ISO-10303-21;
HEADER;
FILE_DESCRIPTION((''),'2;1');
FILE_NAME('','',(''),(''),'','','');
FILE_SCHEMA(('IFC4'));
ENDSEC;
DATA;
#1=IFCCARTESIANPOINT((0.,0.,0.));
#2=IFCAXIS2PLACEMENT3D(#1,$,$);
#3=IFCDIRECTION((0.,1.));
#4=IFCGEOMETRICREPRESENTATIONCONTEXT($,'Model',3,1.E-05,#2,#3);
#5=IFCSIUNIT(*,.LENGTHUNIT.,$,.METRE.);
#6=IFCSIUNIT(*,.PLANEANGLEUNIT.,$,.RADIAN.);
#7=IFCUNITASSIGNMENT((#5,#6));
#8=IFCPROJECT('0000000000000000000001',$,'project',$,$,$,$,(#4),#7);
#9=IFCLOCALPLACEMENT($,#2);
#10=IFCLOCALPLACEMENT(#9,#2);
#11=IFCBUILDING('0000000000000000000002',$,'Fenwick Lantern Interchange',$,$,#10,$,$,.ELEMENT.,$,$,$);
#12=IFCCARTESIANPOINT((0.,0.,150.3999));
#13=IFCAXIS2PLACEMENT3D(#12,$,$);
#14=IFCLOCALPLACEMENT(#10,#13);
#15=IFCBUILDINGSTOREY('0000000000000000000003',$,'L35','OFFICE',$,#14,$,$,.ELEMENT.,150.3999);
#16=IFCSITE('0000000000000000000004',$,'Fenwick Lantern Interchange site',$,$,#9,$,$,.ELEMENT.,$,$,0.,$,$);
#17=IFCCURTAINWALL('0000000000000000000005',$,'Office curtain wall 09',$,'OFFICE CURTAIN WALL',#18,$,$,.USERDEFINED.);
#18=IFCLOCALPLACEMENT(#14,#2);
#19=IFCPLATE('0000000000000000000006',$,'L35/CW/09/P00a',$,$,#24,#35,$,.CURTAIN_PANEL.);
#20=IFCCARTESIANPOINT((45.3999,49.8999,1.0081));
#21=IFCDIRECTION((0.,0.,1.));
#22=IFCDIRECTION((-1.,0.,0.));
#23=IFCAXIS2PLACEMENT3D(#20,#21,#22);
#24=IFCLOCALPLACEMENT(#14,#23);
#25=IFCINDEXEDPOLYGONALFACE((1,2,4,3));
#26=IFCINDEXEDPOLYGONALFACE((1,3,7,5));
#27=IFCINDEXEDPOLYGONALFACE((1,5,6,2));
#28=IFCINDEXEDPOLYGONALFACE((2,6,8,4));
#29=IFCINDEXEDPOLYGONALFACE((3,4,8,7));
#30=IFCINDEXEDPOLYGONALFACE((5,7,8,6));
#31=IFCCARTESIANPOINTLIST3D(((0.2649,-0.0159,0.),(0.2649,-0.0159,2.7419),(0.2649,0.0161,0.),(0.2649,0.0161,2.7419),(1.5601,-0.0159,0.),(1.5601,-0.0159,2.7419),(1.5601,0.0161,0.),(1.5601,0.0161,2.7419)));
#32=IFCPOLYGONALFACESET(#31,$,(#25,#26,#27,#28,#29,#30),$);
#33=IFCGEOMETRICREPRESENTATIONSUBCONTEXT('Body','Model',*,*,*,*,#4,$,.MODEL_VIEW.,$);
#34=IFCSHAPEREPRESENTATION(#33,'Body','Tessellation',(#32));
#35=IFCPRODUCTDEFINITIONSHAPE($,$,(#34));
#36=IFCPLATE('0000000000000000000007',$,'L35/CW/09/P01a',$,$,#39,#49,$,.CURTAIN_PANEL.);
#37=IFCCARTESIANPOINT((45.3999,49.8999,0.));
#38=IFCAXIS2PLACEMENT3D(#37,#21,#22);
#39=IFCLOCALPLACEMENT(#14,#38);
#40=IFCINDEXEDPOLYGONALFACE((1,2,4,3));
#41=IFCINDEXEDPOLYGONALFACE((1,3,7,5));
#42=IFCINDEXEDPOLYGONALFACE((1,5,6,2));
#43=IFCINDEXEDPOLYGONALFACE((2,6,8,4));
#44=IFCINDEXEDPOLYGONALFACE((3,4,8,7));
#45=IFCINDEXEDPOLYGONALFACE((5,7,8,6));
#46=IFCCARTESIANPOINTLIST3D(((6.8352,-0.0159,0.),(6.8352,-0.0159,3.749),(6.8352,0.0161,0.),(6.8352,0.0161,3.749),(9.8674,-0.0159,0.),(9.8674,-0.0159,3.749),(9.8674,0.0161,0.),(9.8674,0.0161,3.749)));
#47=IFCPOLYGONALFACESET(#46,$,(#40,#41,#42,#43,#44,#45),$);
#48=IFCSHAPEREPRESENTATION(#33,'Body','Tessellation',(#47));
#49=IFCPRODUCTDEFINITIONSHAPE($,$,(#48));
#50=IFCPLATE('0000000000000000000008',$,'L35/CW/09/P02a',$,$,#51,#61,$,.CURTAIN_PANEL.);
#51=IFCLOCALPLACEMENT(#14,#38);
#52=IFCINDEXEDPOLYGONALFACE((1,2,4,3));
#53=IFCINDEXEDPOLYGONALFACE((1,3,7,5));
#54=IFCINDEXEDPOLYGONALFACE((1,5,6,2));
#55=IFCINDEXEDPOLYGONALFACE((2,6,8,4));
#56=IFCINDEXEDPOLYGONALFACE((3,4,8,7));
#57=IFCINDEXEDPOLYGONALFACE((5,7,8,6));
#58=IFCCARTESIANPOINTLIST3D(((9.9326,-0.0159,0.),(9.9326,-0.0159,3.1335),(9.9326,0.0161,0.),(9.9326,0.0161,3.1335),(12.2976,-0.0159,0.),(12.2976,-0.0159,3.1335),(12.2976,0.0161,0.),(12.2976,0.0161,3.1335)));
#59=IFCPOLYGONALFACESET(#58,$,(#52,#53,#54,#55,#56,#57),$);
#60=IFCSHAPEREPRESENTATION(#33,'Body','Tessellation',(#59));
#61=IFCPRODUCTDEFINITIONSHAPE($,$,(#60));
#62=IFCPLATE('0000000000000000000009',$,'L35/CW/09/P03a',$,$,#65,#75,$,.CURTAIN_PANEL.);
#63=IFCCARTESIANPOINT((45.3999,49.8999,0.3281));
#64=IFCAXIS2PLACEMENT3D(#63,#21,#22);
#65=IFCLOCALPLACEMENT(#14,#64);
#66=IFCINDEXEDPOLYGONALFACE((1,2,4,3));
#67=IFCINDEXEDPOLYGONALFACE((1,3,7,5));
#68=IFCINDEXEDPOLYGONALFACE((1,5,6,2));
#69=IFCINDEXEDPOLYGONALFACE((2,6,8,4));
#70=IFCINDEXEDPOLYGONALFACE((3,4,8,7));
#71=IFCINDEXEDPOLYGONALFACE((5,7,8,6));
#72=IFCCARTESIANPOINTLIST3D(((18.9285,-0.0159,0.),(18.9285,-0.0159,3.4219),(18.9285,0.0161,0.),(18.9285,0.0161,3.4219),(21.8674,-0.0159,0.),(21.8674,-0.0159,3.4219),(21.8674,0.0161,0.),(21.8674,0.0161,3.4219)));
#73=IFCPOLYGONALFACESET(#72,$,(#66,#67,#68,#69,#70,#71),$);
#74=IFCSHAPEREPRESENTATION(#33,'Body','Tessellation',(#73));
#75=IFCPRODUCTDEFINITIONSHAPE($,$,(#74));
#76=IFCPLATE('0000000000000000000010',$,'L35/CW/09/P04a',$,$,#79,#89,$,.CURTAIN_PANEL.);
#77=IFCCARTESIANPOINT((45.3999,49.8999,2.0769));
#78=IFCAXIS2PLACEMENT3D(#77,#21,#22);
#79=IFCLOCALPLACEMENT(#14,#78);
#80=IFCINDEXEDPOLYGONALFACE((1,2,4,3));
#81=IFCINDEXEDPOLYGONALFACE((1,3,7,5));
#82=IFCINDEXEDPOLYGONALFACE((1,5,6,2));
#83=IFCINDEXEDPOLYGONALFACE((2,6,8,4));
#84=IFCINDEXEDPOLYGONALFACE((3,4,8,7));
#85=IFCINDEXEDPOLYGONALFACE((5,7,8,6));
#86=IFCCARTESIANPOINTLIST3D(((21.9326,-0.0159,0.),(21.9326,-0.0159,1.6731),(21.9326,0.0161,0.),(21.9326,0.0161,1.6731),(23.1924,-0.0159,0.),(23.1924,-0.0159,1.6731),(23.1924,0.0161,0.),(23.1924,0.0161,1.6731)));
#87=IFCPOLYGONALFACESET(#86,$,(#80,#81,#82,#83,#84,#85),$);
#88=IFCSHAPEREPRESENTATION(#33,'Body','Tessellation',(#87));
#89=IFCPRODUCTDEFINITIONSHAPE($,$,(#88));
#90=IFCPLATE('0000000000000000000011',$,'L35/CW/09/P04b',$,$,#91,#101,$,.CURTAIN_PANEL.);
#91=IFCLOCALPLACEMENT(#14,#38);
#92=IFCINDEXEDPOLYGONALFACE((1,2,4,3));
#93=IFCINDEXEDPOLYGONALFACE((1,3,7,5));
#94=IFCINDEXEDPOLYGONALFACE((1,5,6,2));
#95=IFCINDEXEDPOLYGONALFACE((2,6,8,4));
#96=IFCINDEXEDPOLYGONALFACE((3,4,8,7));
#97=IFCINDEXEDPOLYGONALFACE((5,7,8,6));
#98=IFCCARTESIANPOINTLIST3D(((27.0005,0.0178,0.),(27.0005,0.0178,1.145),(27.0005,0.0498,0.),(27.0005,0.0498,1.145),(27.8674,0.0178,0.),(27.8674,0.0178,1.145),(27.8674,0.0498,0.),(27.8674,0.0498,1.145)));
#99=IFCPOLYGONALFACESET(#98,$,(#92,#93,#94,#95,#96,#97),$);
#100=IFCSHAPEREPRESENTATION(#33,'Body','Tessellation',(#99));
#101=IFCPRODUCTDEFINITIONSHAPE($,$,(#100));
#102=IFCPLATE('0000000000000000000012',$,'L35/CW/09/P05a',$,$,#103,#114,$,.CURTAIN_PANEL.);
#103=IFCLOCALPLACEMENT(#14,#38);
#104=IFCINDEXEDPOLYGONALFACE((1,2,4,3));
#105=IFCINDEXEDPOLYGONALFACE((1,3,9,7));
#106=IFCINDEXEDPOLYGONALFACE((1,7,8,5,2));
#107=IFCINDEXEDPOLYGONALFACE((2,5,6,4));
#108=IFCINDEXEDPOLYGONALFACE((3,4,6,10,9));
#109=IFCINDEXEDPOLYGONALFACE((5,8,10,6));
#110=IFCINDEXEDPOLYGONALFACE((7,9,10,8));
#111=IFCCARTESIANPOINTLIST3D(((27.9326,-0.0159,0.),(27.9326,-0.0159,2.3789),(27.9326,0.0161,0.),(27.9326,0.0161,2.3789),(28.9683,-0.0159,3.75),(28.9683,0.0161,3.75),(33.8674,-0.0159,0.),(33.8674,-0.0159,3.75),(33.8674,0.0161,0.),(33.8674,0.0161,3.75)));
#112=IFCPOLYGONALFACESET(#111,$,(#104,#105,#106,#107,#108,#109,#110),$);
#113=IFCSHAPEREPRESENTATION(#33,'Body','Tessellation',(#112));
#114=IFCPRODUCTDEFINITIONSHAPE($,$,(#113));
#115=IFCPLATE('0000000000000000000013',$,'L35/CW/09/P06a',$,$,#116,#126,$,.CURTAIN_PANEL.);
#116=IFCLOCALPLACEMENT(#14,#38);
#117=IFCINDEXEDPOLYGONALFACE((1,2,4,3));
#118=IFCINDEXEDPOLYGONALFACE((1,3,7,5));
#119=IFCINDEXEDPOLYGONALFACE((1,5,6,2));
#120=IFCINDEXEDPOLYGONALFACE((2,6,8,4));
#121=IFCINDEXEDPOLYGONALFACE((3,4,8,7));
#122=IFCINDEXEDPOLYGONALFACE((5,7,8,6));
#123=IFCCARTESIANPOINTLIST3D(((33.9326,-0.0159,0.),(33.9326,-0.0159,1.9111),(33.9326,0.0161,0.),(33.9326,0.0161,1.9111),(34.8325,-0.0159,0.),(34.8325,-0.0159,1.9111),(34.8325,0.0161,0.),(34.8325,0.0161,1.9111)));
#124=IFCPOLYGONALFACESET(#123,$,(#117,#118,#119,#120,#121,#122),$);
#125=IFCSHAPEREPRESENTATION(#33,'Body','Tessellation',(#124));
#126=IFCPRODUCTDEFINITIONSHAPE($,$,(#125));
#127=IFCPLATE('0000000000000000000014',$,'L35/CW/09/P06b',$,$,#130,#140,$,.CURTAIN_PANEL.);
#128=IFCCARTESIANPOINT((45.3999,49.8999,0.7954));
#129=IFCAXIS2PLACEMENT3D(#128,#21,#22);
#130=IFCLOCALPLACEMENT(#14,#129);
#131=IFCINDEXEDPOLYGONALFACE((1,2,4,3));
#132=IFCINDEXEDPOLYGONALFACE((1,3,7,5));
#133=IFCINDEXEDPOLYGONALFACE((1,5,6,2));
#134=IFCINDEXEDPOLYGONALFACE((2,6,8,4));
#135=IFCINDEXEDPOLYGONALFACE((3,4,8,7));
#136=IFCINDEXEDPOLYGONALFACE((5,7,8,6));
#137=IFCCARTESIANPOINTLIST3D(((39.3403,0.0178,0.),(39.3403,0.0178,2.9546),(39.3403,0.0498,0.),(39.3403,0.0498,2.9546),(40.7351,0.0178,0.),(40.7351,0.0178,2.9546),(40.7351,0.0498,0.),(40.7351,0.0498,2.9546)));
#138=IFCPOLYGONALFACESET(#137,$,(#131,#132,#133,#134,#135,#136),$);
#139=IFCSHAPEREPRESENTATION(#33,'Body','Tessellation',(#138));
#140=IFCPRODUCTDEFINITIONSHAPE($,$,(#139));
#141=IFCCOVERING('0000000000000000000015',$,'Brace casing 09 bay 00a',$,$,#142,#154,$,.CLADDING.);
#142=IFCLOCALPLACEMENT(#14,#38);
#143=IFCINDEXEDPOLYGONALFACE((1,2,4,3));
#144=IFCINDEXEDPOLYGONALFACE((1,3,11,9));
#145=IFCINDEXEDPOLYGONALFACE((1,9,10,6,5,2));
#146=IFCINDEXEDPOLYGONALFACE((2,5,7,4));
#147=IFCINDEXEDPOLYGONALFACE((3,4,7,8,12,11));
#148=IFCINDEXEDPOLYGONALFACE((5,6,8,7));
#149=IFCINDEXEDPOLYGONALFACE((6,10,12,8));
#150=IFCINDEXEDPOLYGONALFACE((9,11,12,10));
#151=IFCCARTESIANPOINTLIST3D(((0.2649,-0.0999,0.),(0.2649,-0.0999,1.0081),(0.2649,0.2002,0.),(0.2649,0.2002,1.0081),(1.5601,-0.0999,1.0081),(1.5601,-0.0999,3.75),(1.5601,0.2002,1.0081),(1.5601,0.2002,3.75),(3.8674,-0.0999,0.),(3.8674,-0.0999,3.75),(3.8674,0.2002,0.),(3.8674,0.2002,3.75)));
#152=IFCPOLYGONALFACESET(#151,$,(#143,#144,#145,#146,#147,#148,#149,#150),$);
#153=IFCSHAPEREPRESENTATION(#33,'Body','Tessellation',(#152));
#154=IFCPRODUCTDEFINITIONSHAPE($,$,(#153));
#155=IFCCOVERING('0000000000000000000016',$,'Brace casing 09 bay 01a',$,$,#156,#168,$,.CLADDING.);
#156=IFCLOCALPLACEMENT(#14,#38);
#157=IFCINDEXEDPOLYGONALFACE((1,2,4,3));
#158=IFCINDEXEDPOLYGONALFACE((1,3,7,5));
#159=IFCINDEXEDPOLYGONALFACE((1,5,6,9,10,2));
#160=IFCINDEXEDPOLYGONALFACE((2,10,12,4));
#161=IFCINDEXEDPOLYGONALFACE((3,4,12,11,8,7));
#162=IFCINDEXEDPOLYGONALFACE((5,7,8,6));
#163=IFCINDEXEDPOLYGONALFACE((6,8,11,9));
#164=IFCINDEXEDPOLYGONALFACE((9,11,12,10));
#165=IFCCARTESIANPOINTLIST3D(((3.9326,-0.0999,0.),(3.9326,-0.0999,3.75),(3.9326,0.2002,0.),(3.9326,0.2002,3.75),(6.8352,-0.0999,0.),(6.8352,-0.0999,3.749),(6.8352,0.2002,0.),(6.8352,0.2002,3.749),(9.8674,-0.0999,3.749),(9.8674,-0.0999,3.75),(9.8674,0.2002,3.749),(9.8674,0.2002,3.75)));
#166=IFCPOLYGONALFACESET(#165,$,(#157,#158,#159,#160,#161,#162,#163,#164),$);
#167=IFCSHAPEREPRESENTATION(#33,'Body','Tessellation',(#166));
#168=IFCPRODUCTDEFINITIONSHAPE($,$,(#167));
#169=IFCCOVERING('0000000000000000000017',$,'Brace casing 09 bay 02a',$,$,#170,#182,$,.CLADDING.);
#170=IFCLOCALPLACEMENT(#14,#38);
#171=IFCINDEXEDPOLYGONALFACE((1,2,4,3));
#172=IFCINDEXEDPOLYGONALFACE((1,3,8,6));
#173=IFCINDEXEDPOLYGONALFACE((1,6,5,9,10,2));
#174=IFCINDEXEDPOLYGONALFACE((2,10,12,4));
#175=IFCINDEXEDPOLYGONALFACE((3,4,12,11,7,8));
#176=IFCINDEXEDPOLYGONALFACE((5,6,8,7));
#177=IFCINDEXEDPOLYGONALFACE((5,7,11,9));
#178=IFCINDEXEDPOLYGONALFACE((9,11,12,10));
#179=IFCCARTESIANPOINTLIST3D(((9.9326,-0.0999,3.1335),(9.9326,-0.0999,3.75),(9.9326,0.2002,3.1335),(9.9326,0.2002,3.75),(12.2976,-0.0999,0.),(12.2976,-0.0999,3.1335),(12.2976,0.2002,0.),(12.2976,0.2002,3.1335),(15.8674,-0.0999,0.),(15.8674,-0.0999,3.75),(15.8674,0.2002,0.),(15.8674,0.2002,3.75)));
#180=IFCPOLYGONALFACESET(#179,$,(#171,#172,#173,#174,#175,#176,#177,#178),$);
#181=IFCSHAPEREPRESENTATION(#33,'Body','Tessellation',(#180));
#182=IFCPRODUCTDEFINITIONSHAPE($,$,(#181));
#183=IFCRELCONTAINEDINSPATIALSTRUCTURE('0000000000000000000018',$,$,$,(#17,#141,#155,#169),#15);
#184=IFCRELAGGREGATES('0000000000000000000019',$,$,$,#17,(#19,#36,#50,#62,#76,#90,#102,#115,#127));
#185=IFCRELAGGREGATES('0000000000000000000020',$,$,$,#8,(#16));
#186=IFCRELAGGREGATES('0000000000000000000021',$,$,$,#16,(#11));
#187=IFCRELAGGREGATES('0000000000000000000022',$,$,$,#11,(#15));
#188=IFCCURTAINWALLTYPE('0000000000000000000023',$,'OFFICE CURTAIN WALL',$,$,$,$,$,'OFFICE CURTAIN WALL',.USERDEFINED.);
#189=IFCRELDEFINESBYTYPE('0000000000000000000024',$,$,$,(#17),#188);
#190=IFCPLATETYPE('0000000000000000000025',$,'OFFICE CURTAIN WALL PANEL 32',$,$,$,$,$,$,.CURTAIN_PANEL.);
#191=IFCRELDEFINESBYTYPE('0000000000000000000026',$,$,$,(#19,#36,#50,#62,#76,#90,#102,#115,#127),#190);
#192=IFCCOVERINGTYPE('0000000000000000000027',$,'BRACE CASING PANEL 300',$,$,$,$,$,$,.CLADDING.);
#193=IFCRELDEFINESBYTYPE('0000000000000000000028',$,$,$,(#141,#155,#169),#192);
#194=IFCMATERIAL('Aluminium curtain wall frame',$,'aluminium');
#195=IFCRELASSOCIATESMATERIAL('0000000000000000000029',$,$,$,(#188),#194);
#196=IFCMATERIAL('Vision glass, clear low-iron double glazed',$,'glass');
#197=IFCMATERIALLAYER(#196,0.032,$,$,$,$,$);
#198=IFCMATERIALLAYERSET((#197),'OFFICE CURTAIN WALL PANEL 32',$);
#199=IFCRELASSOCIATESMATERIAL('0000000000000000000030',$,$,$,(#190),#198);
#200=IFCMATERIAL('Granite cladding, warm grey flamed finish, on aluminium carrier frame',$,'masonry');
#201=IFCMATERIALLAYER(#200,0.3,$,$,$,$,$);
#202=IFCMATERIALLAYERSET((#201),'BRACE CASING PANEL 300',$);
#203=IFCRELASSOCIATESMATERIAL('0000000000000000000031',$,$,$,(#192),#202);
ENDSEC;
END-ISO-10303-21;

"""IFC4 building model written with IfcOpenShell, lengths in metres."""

from ifc_helpers import new_model, si_unit, direction, frame, origin, place, context, subcontext, project, spatial, polyline, outline, extrude, material, layer, layer_set, type_object, element, aggregate, save


model = new_model("IFC4")

# Units and contexts
model_context = context("Model", 3, precision=1e-05, world=origin(), true_north=direction((0.0, 1.0)))
body_context = subcontext(model_context, "Body", "Model", "MODEL_VIEW")
ifc_project = project(units=[si_unit("LENGTHUNIT", "METRE"), si_unit("PLANEANGLEUNIT", "RADIAN")], contexts=[model_context])

# Site, building, storey
site_placement = place(None, origin())
site = spatial("IfcSite", under=ifc_project, at=site_placement, Name="Fenwick Lantern Interchange site", CompositionType="ELEMENT", RefElevation=0.0)
building_placement = place(site_placement, origin())
building = spatial("IfcBuilding", under=site, at=building_placement, Name="Fenwick Lantern Interchange", CompositionType="ELEMENT")
storey_placement = place(building_placement, frame((0.0, 0.0, 150.3999)))
storey = spatial("IfcBuildingStorey", under=building, at=storey_placement, Name="L35", Description="OFFICE", CompositionType="ELEMENT", Elevation=150.3999)

# Shared definitions
ifc_material_1 = material(Name="Aluminium curtain wall frame", Category="aluminium")
curtain_wall_type = type_object("IfcCurtainWallType", Name="OFFICE CURTAIN WALL", ElementType="OFFICE CURTAIN WALL", PredefinedType="USERDEFINED", material=ifc_material_1)

# Curtain wall
curtain_wall_1_placement = place(storey_placement, origin())
curtain_wall_1 = element("IfcCurtainWall", 1, at=curtain_wall_1_placement, inside=storey, type_object=curtain_wall_type, Name="Office curtain wall 09", ObjectType="OFFICE CURTAIN WALL", PredefinedType="USERDEFINED")

# Plates
ifc_material_2 = material(Name="Vision glass, clear low-iron double glazed", Category="glass")
ifc_layer_1 = layer(ifc_material_2, 0.032)
ifc_layer_set_1 = layer_set([ifc_layer_1], Name="OFFICE CURTAIN WALL PANEL 32")
plate_type = type_object("IfcPlateType", Name="OFFICE CURTAIN WALL PANEL 32", PredefinedType="CURTAIN_PANEL", material=ifc_layer_set_1)
plate_1_placement = place(storey_placement, frame((45.3999, 49.8999, 1.0081), z_axis=(0.0, 0.0, 1.0), x_axis=(-1.0, 0.0, 0.0)))
plate_1 = element("IfcPlate", 2, at=plate_1_placement, type_object=plate_type, Name="L35/CW/09/P00a", PredefinedType="CURTAIN_PANEL", context=body_context, shape_type="SweptSolid", body=[
    extrude(outline(polyline([(0.2649, 0.0), (1.5601, 0.0), (1.5601, 2.7419), (0.2649, 2.7419), (0.2649, 0.0)])), frame((0.0, 0.0161, 0.0), z_axis=(0.0, -1.0, 0.0), x_axis=(1.0, 0.0, 0.0)), (0.0, 0.0, 1.0), 0.032),
])
plate_2_placement = place(storey_placement, frame((45.3999, 49.8999, 0.0), z_axis=(0.0, 0.0, 1.0), x_axis=(-1.0, 0.0, 0.0)))
plate_2 = element("IfcPlate", 3, at=plate_2_placement, type_object=plate_type, Name="L35/CW/09/P01a", PredefinedType="CURTAIN_PANEL", context=body_context, shape_type="SweptSolid", body=[
    extrude(outline(polyline([(6.8352, 0.0), (9.8674, 0.0), (9.8674, 3.749), (6.8352, 3.749), (6.8352, 0.0)])), frame((0.0, 0.0161, 0.0), z_axis=(0.0, -1.0, 0.0), x_axis=(1.0, 0.0, 0.0)), (0.0, 0.0, 1.0), 0.032),
])
plate_3_placement = place(storey_placement, frame((45.3999, 49.8999, 0.0), z_axis=(0.0, 0.0, 1.0), x_axis=(-1.0, 0.0, 0.0)))
plate_3 = element("IfcPlate", 4, at=plate_3_placement, type_object=plate_type, Name="L35/CW/09/P02a", PredefinedType="CURTAIN_PANEL", context=body_context, shape_type="SweptSolid", body=[
    extrude(outline(polyline([(9.9326, 0.0), (12.2976, 0.0), (12.2976, 3.1335), (9.9326, 3.1335), (9.9326, 0.0)])), frame((0.0, 0.0161, 0.0), z_axis=(0.0, -1.0, 0.0), x_axis=(1.0, 0.0, 0.0)), (0.0, 0.0, 1.0), 0.032),
])
plate_4_placement = place(storey_placement, frame((45.3999, 49.8999, 0.3281), z_axis=(0.0, 0.0, 1.0), x_axis=(-1.0, 0.0, 0.0)))
plate_4 = element("IfcPlate", 5, at=plate_4_placement, type_object=plate_type, Name="L35/CW/09/P03a", PredefinedType="CURTAIN_PANEL", context=body_context, shape_type="SweptSolid", body=[
    extrude(outline(polyline([(18.9285, 0.0), (21.8674, 0.0), (21.8674, 3.4219), (18.9285, 3.4219), (18.9285, 0.0)])), frame((0.0, 0.0161, 0.0), z_axis=(0.0, -1.0, 0.0), x_axis=(1.0, 0.0, 0.0)), (0.0, 0.0, 1.0), 0.032),
])
plate_5_placement = place(storey_placement, frame((45.3999, 49.8999, 2.0769), z_axis=(0.0, 0.0, 1.0), x_axis=(-1.0, 0.0, 0.0)))
plate_5 = element("IfcPlate", 6, at=plate_5_placement, type_object=plate_type, Name="L35/CW/09/P04a", PredefinedType="CURTAIN_PANEL", context=body_context, shape_type="SweptSolid", body=[
    extrude(outline(polyline([(21.9326, 0.0), (23.1924, 0.0), (23.1924, 1.6731), (21.9326, 1.6731), (21.9326, 0.0)])), frame((0.0, 0.0161, 0.0), z_axis=(0.0, -1.0, 0.0), x_axis=(1.0, 0.0, 0.0)), (0.0, 0.0, 1.0), 0.032),
])
plate_6_placement = place(storey_placement, frame((45.3999, 49.8999, 0.0), z_axis=(0.0, 0.0, 1.0), x_axis=(-1.0, 0.0, 0.0)))
plate_6 = element("IfcPlate", 7, at=plate_6_placement, type_object=plate_type, Name="L35/CW/09/P04b", PredefinedType="CURTAIN_PANEL", context=body_context, shape_type="SweptSolid", body=[
    extrude(outline(polyline([(27.0005, 0.0), (27.8674, 0.0), (27.8674, 1.145), (27.0005, 1.145), (27.0005, 0.0)])), frame((0.0, 0.0498, 0.0), z_axis=(0.0, -1.0, 0.0), x_axis=(1.0, 0.0, 0.0)), (0.0, 0.0, 1.0), 0.032),
])
plate_7_placement = place(storey_placement, frame((45.3999, 49.8999, 0.0), z_axis=(0.0, 0.0, 1.0), x_axis=(-1.0, 0.0, 0.0)))
plate_7 = element("IfcPlate", 8, at=plate_7_placement, type_object=plate_type, Name="L35/CW/09/P05a", PredefinedType="CURTAIN_PANEL", context=body_context, shape_type="SweptSolid", body=[
    extrude(outline(polyline([(27.9326, 0.0), (33.8674, 0.0), (33.8674, 3.75), (28.9683, 3.75), (27.9326, 2.3789), (27.9326, 0.0)])), frame((0.0, 0.0161, 0.0), z_axis=(0.0, -1.0, 0.0), x_axis=(1.0, 0.0, 0.0)), (0.0, 0.0, 1.0), 0.032),
])
plate_8_placement = place(storey_placement, frame((45.3999, 49.8999, 0.0), z_axis=(0.0, 0.0, 1.0), x_axis=(-1.0, 0.0, 0.0)))
plate_8 = element("IfcPlate", 9, at=plate_8_placement, type_object=plate_type, Name="L35/CW/09/P06a", PredefinedType="CURTAIN_PANEL", context=body_context, shape_type="SweptSolid", body=[
    extrude(outline(polyline([(33.9326, 0.0), (34.8325, 0.0), (34.8325, 1.9111), (33.9326, 1.9111), (33.9326, 0.0)])), frame((0.0, 0.0161, 0.0), z_axis=(0.0, -1.0, 0.0), x_axis=(1.0, 0.0, 0.0)), (0.0, 0.0, 1.0), 0.032),
])
plate_9_placement = place(storey_placement, frame((45.3999, 49.8999, 0.7954), z_axis=(0.0, 0.0, 1.0), x_axis=(-1.0, 0.0, 0.0)))
plate_9 = element("IfcPlate", 10, at=plate_9_placement, type_object=plate_type, Name="L35/CW/09/P06b", PredefinedType="CURTAIN_PANEL", context=body_context, shape_type="SweptSolid", body=[
    extrude(outline(polyline([(39.3403, 0.0), (40.7351, 0.0), (40.7351, 2.9546), (39.3403, 2.9546), (39.3403, 0.0)])), frame((0.0, 0.0498, 0.0), z_axis=(0.0, -1.0, 0.0), x_axis=(1.0, 0.0, 0.0)), (0.0, 0.0, 1.0), 0.032),
])
aggregate(curtain_wall_1, [plate_1, plate_2, plate_3, plate_4, plate_5, plate_6, plate_7, plate_8, plate_9])

# Coverings
ifc_material_3 = material(Name="Granite cladding, warm grey flamed finish, on aluminium carrier frame", Category="masonry")
ifc_layer_2 = layer(ifc_material_3, 0.3)
ifc_layer_set_2 = layer_set([ifc_layer_2], Name="BRACE CASING PANEL 300")
covering_type = type_object("IfcCoveringType", Name="BRACE CASING PANEL 300", PredefinedType="CLADDING", material=ifc_layer_set_2)
covering_1_placement = place(storey_placement, frame((45.3999, 49.8999, 0.0), z_axis=(0.0, 0.0, 1.0), x_axis=(-1.0, 0.0, 0.0)))
element("IfcCovering", 11, at=covering_1_placement, inside=storey, type_object=covering_type, Name="Brace casing 09 bay 00a", PredefinedType="CLADDING", context=body_context, shape_type="SweptSolid", body=[
    extrude(outline(polyline([(0.2649, 0.0), (3.8674, 0.0), (3.8674, 3.75), (1.5601, 3.75), (1.5601, 1.0081), (0.2649, 1.0081), (0.2649, 0.0)])), frame((0.0, 0.2002, 0.0), z_axis=(0.0, -1.0, 0.0), x_axis=(1.0, 0.0, 0.0)), (0.0, 0.0, 1.0), 0.3),
])
covering_2_placement = place(storey_placement, frame((45.3999, 49.8999, 0.0), z_axis=(0.0, 0.0, 1.0), x_axis=(-1.0, 0.0, 0.0)))
element("IfcCovering", 12, at=covering_2_placement, inside=storey, type_object=covering_type, Name="Brace casing 09 bay 01a", PredefinedType="CLADDING", context=body_context, shape_type="SweptSolid", body=[
    extrude(outline(polyline([(3.9326, 0.0), (6.8352, 0.0), (6.8352, 3.749), (9.8674, 3.749), (9.8674, 3.75), (3.9326, 3.75), (3.9326, 0.0)])), frame((0.0, 0.2002, 0.0), z_axis=(0.0, -1.0, 0.0), x_axis=(1.0, 0.0, 0.0)), (0.0, 0.0, 1.0), 0.3),
])
covering_3_placement = place(storey_placement, frame((45.3999, 49.8999, 0.0), z_axis=(0.0, 0.0, 1.0), x_axis=(-1.0, 0.0, 0.0)))
element("IfcCovering", 13, at=covering_3_placement, inside=storey, type_object=covering_type, Name="Brace casing 09 bay 02a", PredefinedType="CLADDING", context=body_context, shape_type="SweptSolid", body=[
    extrude(outline(polyline([(12.2976, 0.0), (15.8674, 0.0), (15.8674, 3.75), (9.9326, 3.75), (9.9326, 3.1335), (12.2976, 3.1335), (12.2976, 0.0)])), frame((0.0, 0.2002, 0.0), z_axis=(0.0, -1.0, 0.0), x_axis=(1.0, 0.0, 0.0)), (0.0, 0.0, 1.0), 0.3),
])

save(model, "model.ifc")
